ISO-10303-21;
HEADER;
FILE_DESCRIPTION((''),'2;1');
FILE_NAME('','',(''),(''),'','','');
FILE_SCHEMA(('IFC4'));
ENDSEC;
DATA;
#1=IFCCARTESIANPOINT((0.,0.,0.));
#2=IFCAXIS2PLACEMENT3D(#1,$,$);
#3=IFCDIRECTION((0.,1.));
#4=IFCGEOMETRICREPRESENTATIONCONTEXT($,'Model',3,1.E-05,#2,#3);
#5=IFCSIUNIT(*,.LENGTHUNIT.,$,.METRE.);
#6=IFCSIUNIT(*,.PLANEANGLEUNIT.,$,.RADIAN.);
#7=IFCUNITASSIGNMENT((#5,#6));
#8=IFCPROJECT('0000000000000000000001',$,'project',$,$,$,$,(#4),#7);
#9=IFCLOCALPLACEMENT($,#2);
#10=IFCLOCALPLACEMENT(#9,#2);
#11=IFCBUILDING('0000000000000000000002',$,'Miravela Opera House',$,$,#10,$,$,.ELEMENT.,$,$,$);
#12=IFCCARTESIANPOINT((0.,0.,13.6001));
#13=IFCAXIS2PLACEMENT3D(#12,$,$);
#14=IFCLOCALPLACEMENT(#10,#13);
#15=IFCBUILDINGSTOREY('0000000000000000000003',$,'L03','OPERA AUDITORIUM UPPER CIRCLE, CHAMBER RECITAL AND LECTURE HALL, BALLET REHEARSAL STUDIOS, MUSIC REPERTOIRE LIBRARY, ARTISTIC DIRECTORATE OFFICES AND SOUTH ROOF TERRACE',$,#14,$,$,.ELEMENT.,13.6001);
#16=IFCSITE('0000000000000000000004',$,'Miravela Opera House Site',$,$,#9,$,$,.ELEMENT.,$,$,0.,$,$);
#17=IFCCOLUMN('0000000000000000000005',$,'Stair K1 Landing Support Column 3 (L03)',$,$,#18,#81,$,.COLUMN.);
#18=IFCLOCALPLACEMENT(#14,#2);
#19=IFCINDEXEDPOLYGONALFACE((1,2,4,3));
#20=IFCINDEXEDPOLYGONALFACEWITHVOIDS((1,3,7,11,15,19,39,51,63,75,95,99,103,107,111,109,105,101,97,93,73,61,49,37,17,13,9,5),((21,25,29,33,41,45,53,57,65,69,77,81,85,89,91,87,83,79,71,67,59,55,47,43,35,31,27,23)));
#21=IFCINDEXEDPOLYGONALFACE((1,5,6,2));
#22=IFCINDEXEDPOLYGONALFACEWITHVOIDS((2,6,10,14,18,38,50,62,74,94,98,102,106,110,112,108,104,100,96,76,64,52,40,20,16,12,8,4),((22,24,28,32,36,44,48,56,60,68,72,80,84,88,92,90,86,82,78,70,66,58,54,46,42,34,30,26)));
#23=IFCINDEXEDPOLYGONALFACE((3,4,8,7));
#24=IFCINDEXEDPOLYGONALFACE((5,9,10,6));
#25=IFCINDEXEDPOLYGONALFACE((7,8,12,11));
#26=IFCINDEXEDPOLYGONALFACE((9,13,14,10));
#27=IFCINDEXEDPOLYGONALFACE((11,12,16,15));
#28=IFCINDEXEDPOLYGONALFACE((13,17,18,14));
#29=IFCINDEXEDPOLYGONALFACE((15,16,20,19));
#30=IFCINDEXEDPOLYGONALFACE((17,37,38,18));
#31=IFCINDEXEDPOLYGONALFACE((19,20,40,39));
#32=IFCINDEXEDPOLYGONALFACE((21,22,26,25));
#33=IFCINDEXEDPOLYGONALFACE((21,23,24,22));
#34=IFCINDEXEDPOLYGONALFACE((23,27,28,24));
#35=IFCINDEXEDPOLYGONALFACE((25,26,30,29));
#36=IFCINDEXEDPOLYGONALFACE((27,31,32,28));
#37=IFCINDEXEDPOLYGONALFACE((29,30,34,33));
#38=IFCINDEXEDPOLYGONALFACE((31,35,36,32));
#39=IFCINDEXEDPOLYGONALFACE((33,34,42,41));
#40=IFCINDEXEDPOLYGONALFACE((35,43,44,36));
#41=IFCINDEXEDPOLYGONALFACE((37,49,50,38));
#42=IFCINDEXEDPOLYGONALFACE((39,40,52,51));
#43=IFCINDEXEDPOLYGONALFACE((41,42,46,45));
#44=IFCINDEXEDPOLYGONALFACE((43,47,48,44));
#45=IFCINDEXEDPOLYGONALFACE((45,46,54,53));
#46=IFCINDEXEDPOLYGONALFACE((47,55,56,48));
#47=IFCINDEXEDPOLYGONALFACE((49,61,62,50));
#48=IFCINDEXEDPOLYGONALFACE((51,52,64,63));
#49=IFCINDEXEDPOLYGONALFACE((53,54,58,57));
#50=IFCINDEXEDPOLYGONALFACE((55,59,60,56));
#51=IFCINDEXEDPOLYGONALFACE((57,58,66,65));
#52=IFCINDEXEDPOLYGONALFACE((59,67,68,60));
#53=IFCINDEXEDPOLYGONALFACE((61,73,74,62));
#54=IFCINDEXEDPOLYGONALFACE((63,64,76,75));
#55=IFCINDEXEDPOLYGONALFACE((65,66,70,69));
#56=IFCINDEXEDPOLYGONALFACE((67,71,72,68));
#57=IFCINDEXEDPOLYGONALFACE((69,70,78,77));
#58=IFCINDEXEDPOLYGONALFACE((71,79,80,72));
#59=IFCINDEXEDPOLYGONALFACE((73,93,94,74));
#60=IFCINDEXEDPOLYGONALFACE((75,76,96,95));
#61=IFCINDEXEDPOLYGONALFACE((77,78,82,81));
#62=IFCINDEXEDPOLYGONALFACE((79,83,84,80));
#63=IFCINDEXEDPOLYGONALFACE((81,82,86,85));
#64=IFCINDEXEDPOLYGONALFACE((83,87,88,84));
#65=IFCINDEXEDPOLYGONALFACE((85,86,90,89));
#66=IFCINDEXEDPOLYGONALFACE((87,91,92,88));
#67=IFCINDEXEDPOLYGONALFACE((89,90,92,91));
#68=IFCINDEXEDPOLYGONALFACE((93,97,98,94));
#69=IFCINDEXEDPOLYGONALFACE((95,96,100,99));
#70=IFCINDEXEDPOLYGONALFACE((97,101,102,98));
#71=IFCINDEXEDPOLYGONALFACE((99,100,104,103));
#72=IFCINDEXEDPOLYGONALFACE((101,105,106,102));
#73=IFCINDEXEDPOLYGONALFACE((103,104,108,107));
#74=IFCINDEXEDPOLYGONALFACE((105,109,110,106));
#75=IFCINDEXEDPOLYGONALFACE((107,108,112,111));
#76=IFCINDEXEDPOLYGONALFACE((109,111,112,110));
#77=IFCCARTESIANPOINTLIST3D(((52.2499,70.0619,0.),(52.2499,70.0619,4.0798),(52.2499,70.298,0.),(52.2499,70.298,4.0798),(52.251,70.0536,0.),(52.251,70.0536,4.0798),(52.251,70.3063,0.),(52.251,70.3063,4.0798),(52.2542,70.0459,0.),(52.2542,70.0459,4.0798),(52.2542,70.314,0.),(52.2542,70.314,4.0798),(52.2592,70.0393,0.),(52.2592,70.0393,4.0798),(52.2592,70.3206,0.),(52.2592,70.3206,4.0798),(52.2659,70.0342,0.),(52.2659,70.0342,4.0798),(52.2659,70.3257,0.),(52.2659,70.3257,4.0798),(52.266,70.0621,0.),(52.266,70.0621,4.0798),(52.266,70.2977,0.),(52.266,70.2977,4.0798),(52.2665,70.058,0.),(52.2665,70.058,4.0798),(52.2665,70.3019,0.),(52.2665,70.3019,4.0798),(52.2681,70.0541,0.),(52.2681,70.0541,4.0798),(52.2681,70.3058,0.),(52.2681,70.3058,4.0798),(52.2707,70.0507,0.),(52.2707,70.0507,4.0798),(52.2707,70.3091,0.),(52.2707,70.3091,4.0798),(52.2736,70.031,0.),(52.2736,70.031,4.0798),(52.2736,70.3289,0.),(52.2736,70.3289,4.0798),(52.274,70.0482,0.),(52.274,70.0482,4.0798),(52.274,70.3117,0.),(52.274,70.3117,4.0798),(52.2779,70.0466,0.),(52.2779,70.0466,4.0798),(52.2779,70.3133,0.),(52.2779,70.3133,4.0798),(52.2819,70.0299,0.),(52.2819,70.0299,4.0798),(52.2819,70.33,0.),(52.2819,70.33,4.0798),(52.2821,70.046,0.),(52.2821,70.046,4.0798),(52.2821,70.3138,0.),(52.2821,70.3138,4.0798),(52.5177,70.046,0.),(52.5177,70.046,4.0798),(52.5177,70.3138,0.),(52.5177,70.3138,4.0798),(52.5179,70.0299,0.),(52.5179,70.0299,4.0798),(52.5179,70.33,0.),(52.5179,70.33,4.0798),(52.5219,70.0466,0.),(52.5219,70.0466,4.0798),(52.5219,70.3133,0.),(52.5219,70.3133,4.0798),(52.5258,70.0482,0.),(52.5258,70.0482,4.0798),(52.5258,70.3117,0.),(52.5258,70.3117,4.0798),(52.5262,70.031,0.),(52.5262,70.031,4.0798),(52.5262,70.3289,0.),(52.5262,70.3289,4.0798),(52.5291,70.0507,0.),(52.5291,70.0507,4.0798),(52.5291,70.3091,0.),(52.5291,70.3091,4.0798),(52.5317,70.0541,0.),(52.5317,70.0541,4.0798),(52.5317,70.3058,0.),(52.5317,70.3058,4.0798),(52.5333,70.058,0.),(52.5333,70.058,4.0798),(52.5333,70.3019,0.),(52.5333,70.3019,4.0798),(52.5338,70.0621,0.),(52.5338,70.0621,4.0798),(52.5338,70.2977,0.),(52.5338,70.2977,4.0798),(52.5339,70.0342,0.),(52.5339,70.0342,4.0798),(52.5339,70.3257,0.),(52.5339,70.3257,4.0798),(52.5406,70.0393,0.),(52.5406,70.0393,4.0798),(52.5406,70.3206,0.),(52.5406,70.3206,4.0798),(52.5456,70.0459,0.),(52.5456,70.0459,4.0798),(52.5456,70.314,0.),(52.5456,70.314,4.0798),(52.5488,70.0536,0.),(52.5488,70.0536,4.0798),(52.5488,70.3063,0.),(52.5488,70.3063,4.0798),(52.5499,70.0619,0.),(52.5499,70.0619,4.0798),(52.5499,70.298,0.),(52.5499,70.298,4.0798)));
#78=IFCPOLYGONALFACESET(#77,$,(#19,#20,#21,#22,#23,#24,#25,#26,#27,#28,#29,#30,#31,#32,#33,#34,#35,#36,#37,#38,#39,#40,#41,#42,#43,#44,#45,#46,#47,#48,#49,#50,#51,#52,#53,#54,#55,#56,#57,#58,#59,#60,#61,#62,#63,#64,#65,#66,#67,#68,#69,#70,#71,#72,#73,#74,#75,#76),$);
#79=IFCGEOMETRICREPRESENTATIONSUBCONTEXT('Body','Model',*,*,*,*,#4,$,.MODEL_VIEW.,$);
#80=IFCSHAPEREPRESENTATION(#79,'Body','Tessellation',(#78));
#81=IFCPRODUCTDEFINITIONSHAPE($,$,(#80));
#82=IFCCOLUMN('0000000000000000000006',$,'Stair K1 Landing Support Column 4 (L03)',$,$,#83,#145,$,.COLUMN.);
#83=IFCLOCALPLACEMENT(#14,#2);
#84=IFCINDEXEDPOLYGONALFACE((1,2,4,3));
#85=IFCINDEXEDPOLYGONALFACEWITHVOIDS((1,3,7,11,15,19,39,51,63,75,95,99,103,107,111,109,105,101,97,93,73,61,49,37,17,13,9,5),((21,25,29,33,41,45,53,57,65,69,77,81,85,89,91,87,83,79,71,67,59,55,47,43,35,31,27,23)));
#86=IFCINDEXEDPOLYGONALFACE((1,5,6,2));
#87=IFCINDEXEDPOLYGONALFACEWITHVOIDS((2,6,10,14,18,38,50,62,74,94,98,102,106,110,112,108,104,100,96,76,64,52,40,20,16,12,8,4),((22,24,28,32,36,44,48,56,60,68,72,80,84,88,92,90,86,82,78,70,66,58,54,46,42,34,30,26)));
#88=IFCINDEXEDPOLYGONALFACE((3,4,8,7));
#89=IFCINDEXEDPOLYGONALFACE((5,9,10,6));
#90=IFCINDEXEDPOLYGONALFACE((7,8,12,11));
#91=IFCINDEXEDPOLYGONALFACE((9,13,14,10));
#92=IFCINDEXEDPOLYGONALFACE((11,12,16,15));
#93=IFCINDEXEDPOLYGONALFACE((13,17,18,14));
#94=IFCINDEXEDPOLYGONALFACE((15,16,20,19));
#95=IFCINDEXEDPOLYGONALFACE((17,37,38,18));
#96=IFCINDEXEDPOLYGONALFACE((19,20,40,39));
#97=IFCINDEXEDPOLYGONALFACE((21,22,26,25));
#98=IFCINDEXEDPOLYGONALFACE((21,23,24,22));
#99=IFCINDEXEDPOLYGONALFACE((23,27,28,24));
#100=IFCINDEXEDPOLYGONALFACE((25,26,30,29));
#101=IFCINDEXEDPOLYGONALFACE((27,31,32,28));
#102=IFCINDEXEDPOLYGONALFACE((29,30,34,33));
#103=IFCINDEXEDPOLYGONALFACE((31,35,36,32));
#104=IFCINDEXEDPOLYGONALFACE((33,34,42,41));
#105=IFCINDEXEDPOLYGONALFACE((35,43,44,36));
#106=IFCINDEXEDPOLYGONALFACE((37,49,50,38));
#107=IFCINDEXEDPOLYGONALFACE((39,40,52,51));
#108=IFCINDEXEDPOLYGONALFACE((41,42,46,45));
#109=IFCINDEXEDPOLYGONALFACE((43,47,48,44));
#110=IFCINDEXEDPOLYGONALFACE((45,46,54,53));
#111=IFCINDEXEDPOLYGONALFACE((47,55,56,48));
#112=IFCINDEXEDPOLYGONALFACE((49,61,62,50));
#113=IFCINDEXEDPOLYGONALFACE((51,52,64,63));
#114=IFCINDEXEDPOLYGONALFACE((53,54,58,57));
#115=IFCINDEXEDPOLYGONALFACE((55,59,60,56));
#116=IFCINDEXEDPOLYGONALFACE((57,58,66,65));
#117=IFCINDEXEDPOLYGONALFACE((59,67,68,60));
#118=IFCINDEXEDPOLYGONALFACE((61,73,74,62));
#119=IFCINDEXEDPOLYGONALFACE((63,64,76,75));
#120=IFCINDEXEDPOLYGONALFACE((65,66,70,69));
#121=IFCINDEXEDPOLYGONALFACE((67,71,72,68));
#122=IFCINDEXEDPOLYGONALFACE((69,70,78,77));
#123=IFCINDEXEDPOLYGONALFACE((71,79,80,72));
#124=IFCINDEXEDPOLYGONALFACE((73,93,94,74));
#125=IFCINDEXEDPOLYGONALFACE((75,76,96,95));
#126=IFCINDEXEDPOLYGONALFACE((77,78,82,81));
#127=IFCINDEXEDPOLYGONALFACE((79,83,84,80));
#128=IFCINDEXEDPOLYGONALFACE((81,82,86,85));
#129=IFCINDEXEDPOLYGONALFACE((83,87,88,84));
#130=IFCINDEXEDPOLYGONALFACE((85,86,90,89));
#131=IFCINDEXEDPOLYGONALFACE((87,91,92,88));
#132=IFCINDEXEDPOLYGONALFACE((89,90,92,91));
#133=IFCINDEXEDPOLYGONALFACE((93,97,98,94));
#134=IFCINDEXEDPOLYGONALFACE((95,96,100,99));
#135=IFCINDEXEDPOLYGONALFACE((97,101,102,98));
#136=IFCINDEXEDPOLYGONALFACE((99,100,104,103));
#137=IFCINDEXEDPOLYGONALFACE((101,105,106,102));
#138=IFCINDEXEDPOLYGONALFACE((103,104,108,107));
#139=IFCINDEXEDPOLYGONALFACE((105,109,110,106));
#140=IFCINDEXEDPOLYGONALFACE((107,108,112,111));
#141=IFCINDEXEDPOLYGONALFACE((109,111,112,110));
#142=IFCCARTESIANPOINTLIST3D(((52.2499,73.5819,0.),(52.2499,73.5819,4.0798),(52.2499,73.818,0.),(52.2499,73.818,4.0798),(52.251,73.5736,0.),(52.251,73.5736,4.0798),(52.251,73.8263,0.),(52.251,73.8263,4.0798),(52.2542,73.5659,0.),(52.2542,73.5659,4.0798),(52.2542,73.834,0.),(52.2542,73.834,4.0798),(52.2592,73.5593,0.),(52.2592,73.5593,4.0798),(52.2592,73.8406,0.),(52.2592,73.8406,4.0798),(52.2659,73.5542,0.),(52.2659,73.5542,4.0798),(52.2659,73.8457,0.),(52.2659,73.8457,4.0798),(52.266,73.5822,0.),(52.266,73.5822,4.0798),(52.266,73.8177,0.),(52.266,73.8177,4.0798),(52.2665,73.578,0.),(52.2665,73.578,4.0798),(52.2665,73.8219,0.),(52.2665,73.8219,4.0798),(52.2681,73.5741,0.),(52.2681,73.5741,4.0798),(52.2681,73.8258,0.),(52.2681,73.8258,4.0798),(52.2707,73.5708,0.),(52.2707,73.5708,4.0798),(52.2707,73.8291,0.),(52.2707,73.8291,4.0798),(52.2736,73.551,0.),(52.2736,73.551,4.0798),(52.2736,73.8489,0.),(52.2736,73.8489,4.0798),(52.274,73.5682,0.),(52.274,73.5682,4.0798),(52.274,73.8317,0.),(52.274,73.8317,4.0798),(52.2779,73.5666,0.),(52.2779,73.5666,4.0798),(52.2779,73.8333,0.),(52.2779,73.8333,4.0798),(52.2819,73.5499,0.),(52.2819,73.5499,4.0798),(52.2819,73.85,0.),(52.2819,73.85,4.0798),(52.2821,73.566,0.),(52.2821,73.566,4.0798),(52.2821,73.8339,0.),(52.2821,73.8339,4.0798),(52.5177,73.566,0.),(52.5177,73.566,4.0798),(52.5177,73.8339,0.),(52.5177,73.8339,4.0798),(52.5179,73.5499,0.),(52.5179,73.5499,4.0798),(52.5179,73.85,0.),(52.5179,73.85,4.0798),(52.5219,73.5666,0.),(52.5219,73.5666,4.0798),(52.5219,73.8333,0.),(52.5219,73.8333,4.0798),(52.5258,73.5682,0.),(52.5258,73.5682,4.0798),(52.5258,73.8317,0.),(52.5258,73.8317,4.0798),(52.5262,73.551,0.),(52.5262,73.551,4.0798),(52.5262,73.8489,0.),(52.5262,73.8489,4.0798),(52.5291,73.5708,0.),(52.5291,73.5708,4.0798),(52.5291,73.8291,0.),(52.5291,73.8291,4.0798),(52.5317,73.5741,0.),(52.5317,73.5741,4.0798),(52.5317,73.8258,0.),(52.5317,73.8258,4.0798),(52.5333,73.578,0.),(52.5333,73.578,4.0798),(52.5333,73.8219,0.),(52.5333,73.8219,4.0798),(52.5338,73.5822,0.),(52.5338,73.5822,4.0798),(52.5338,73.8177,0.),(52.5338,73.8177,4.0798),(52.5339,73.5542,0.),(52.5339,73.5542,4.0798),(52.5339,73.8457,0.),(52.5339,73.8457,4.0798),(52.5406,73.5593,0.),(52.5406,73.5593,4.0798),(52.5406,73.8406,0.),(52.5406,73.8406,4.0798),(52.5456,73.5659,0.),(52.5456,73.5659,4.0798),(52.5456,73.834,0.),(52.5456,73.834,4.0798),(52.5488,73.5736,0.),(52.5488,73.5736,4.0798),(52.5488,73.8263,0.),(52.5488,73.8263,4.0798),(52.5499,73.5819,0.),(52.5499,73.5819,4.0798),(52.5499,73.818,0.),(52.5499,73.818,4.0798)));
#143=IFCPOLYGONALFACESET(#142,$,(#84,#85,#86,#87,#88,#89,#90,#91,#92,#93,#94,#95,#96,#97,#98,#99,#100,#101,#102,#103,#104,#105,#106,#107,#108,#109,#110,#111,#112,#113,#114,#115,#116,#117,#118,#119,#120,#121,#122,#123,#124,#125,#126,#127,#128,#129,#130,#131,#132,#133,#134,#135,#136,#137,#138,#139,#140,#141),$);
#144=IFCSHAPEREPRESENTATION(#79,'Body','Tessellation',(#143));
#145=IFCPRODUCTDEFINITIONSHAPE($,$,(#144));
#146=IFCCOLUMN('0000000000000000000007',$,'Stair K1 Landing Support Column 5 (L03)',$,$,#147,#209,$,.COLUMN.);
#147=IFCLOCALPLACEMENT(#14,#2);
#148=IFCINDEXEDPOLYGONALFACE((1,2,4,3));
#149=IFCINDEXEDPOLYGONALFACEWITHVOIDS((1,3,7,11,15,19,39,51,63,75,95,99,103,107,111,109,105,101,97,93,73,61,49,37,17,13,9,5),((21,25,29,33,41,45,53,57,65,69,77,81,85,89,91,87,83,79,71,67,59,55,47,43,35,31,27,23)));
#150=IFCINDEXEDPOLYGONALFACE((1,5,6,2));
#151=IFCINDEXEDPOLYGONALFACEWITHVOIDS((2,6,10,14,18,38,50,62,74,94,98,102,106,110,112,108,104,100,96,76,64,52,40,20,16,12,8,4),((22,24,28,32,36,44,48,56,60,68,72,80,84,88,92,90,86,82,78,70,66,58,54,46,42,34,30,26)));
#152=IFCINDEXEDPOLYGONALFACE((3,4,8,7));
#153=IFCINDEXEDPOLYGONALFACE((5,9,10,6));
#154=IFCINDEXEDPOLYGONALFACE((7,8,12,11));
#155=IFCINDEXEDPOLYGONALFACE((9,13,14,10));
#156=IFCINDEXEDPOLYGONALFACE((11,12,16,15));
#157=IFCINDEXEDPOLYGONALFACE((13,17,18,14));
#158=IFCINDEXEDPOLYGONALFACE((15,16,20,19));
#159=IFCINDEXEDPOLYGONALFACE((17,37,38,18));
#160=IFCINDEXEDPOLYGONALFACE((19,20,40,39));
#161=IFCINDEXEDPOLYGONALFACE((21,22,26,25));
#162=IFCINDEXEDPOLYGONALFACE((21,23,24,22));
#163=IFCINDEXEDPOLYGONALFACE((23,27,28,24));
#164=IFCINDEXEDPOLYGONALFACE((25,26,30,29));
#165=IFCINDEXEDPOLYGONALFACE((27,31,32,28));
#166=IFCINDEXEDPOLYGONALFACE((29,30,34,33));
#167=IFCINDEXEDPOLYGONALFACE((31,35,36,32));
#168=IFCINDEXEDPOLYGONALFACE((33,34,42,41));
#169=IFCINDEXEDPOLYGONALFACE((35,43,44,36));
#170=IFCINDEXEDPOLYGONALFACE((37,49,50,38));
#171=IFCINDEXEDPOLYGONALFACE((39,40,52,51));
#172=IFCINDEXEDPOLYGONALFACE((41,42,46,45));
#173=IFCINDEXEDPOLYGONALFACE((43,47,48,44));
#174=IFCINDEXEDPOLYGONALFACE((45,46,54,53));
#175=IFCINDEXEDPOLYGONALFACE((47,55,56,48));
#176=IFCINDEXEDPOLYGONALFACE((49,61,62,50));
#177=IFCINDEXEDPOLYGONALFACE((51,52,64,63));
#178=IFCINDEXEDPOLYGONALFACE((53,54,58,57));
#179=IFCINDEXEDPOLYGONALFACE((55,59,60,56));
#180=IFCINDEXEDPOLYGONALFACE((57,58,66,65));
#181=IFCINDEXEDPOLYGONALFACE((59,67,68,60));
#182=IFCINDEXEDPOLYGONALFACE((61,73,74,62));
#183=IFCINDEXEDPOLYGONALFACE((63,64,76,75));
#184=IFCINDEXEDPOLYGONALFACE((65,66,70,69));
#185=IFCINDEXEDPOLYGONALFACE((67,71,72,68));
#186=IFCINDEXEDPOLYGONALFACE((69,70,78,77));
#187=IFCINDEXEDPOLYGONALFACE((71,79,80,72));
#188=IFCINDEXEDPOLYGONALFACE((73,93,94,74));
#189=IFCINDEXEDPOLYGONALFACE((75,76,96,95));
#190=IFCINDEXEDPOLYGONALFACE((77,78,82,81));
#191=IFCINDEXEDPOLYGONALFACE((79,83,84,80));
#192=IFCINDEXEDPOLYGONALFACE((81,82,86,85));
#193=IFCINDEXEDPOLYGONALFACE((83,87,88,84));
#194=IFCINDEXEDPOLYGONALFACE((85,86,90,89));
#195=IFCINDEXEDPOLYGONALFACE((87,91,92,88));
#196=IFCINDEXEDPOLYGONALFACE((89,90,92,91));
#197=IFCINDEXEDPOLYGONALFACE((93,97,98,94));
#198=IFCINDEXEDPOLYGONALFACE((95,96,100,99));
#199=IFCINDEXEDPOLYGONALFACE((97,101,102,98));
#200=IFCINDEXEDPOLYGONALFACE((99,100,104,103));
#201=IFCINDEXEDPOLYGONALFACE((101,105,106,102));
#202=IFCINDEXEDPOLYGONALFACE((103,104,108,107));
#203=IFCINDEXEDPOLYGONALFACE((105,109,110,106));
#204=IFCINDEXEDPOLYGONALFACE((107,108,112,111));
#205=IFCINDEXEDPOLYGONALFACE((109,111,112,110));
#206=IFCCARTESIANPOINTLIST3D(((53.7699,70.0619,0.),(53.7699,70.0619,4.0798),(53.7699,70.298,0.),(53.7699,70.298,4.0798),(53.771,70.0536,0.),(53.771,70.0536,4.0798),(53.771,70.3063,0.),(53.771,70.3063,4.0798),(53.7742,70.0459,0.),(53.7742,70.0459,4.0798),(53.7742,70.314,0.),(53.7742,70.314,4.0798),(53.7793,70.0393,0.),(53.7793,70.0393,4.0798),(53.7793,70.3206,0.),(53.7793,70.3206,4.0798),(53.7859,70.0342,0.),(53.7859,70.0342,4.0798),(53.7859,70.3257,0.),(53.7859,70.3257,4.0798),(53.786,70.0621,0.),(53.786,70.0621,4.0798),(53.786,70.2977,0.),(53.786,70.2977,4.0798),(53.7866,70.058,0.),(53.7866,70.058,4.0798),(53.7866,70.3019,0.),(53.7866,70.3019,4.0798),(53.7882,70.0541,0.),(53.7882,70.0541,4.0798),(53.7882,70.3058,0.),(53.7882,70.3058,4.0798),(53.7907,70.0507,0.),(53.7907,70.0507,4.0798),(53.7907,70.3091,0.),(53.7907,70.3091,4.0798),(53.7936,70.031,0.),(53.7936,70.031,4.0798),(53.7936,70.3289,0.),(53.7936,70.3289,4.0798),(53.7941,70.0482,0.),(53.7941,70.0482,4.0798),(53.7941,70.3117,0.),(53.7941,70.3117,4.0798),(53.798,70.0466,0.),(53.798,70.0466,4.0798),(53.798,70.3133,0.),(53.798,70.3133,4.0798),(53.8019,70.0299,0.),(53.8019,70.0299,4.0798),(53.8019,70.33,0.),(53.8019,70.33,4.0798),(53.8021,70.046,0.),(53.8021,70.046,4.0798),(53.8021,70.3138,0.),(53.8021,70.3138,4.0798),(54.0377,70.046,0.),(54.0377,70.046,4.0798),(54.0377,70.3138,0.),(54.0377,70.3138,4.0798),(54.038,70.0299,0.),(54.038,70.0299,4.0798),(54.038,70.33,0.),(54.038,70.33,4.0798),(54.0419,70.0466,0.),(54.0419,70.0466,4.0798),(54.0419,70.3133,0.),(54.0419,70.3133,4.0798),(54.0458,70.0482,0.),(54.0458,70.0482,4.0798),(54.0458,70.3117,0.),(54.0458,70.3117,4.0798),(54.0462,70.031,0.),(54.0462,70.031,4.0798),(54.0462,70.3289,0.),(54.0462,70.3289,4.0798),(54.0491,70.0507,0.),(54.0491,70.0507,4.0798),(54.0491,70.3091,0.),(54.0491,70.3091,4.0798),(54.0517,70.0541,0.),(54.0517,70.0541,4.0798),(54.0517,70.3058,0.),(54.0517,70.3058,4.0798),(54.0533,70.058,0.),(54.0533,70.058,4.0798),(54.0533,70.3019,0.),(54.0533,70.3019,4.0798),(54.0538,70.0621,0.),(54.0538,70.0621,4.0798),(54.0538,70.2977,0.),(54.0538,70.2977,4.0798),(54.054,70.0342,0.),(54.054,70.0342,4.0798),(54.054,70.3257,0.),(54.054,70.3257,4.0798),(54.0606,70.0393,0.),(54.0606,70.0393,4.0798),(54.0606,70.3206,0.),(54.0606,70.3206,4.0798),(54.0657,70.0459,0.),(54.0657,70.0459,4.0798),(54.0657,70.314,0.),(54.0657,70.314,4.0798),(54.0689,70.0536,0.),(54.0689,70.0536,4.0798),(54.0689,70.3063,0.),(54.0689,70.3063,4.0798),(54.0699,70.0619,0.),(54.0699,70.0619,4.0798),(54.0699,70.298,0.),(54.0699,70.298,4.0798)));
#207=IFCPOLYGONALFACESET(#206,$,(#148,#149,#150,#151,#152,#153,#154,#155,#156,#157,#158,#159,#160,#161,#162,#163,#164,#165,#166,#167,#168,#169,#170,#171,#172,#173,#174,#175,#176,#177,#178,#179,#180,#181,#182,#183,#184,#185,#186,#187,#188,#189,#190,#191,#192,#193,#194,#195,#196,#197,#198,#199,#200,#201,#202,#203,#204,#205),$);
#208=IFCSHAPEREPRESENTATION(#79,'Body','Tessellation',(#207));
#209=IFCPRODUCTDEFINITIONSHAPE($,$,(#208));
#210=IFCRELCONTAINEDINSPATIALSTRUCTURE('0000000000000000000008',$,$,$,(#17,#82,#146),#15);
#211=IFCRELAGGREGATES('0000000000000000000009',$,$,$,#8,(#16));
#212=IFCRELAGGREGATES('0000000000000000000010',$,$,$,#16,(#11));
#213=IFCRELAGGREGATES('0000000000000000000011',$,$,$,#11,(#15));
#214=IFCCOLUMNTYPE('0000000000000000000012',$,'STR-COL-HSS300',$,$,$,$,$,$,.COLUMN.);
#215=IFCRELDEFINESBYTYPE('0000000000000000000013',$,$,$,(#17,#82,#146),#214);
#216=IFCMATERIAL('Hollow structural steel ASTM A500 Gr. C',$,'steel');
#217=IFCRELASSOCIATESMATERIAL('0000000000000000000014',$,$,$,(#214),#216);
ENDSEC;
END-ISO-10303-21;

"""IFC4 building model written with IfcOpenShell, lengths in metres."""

from ifc_helpers import new_model, si_unit, direction, frame, origin, origin_2d, place, context, subcontext, project, spatial, hollow_rectangle, extrude, material, material_profile, profile_set, type_object, element, save


model = new_model("IFC4")

# Units and contexts
model_context = context("Model", 3, precision=1e-05, world=origin(), true_north=direction((0.0, 1.0)))
body_context = subcontext(model_context, "Body", "Model", "MODEL_VIEW")
ifc_project = project(units=[si_unit("LENGTHUNIT", "METRE"), si_unit("PLANEANGLEUNIT", "RADIAN")], contexts=[model_context])

# Site, building, storey
site_placement = place(None, origin())
site = spatial("IfcSite", under=ifc_project, at=site_placement, Name="Miravela Opera House Site", CompositionType="ELEMENT", RefElevation=0.0)
building_placement = place(site_placement, origin())
building = spatial("IfcBuilding", under=site, at=building_placement, Name="Miravela Opera House", CompositionType="ELEMENT")
storey_placement = place(building_placement, frame((0.0, 0.0, 13.6001)))
storey = spatial("IfcBuildingStorey", under=building, at=storey_placement, Name="L03", Description="OPERA AUDITORIUM UPPER CIRCLE, CHAMBER RECITAL AND LECTURE HALL, BALLET REHEARSAL STUDIOS, MUSIC REPERTOIRE LIBRARY, ARTISTIC DIRECTORATE OFFICES AND SOUTH ROOF TERRACE", CompositionType="ELEMENT", Elevation=13.6001)

# Columns
ifc_material_1 = material(Name="Hollow structural steel ASTM A500 Gr. C", Category="steel")
ifc_material_profile_1 = material_profile(ifc_material_1, hollow_rectangle(XDim=0.3, YDim=0.3, WallThickness=0.0161, InnerFilletRadius=0.0161, OuterFilletRadius=0.032, at=origin_2d()), Name="HSS300X300X16")
ifc_profile_set_1 = profile_set([ifc_material_profile_1])
column_type_1 = type_object("IfcColumnType", Name="STR-COL-HSS300", PredefinedType="COLUMN", material=ifc_profile_set_1)
for number, where, z_axis, x_axis, name in (
    (1, (52.3999, 70.1799, 0.0), (0.0, 0.0, 1.0), (1.0, 0.0, 0.0), "Stair K1 Landing Support Column 3 (L03)"),
    (2, (52.3999, 73.7, 0.0), (0.0, 0.0, 1.0), (1.0, 0.0, 0.0), "Stair K1 Landing Support Column 4 (L03)"),
    (3, (53.9199, 70.1799, 0.0), (0.0, 0.0, 1.0), (1.0, 0.0, 0.0), "Stair K1 Landing Support Column 5 (L03)"),
):
    element("IfcColumn", number, at=place(storey_placement, frame(where, z_axis=z_axis, x_axis=x_axis)), inside=storey, type_object=column_type_1, Name=name, PredefinedType="COLUMN", context=body_context, shape_type="SweptSolid", body=[
        extrude(hollow_rectangle(XDim=0.3, YDim=0.3, WallThickness=0.0161, InnerFilletRadius=0.0161, OuterFilletRadius=0.032, at=origin_2d()), origin(), (0.0, 0.0, 1.0), 4.0798),
    ])

save(model, "model.ifc")
